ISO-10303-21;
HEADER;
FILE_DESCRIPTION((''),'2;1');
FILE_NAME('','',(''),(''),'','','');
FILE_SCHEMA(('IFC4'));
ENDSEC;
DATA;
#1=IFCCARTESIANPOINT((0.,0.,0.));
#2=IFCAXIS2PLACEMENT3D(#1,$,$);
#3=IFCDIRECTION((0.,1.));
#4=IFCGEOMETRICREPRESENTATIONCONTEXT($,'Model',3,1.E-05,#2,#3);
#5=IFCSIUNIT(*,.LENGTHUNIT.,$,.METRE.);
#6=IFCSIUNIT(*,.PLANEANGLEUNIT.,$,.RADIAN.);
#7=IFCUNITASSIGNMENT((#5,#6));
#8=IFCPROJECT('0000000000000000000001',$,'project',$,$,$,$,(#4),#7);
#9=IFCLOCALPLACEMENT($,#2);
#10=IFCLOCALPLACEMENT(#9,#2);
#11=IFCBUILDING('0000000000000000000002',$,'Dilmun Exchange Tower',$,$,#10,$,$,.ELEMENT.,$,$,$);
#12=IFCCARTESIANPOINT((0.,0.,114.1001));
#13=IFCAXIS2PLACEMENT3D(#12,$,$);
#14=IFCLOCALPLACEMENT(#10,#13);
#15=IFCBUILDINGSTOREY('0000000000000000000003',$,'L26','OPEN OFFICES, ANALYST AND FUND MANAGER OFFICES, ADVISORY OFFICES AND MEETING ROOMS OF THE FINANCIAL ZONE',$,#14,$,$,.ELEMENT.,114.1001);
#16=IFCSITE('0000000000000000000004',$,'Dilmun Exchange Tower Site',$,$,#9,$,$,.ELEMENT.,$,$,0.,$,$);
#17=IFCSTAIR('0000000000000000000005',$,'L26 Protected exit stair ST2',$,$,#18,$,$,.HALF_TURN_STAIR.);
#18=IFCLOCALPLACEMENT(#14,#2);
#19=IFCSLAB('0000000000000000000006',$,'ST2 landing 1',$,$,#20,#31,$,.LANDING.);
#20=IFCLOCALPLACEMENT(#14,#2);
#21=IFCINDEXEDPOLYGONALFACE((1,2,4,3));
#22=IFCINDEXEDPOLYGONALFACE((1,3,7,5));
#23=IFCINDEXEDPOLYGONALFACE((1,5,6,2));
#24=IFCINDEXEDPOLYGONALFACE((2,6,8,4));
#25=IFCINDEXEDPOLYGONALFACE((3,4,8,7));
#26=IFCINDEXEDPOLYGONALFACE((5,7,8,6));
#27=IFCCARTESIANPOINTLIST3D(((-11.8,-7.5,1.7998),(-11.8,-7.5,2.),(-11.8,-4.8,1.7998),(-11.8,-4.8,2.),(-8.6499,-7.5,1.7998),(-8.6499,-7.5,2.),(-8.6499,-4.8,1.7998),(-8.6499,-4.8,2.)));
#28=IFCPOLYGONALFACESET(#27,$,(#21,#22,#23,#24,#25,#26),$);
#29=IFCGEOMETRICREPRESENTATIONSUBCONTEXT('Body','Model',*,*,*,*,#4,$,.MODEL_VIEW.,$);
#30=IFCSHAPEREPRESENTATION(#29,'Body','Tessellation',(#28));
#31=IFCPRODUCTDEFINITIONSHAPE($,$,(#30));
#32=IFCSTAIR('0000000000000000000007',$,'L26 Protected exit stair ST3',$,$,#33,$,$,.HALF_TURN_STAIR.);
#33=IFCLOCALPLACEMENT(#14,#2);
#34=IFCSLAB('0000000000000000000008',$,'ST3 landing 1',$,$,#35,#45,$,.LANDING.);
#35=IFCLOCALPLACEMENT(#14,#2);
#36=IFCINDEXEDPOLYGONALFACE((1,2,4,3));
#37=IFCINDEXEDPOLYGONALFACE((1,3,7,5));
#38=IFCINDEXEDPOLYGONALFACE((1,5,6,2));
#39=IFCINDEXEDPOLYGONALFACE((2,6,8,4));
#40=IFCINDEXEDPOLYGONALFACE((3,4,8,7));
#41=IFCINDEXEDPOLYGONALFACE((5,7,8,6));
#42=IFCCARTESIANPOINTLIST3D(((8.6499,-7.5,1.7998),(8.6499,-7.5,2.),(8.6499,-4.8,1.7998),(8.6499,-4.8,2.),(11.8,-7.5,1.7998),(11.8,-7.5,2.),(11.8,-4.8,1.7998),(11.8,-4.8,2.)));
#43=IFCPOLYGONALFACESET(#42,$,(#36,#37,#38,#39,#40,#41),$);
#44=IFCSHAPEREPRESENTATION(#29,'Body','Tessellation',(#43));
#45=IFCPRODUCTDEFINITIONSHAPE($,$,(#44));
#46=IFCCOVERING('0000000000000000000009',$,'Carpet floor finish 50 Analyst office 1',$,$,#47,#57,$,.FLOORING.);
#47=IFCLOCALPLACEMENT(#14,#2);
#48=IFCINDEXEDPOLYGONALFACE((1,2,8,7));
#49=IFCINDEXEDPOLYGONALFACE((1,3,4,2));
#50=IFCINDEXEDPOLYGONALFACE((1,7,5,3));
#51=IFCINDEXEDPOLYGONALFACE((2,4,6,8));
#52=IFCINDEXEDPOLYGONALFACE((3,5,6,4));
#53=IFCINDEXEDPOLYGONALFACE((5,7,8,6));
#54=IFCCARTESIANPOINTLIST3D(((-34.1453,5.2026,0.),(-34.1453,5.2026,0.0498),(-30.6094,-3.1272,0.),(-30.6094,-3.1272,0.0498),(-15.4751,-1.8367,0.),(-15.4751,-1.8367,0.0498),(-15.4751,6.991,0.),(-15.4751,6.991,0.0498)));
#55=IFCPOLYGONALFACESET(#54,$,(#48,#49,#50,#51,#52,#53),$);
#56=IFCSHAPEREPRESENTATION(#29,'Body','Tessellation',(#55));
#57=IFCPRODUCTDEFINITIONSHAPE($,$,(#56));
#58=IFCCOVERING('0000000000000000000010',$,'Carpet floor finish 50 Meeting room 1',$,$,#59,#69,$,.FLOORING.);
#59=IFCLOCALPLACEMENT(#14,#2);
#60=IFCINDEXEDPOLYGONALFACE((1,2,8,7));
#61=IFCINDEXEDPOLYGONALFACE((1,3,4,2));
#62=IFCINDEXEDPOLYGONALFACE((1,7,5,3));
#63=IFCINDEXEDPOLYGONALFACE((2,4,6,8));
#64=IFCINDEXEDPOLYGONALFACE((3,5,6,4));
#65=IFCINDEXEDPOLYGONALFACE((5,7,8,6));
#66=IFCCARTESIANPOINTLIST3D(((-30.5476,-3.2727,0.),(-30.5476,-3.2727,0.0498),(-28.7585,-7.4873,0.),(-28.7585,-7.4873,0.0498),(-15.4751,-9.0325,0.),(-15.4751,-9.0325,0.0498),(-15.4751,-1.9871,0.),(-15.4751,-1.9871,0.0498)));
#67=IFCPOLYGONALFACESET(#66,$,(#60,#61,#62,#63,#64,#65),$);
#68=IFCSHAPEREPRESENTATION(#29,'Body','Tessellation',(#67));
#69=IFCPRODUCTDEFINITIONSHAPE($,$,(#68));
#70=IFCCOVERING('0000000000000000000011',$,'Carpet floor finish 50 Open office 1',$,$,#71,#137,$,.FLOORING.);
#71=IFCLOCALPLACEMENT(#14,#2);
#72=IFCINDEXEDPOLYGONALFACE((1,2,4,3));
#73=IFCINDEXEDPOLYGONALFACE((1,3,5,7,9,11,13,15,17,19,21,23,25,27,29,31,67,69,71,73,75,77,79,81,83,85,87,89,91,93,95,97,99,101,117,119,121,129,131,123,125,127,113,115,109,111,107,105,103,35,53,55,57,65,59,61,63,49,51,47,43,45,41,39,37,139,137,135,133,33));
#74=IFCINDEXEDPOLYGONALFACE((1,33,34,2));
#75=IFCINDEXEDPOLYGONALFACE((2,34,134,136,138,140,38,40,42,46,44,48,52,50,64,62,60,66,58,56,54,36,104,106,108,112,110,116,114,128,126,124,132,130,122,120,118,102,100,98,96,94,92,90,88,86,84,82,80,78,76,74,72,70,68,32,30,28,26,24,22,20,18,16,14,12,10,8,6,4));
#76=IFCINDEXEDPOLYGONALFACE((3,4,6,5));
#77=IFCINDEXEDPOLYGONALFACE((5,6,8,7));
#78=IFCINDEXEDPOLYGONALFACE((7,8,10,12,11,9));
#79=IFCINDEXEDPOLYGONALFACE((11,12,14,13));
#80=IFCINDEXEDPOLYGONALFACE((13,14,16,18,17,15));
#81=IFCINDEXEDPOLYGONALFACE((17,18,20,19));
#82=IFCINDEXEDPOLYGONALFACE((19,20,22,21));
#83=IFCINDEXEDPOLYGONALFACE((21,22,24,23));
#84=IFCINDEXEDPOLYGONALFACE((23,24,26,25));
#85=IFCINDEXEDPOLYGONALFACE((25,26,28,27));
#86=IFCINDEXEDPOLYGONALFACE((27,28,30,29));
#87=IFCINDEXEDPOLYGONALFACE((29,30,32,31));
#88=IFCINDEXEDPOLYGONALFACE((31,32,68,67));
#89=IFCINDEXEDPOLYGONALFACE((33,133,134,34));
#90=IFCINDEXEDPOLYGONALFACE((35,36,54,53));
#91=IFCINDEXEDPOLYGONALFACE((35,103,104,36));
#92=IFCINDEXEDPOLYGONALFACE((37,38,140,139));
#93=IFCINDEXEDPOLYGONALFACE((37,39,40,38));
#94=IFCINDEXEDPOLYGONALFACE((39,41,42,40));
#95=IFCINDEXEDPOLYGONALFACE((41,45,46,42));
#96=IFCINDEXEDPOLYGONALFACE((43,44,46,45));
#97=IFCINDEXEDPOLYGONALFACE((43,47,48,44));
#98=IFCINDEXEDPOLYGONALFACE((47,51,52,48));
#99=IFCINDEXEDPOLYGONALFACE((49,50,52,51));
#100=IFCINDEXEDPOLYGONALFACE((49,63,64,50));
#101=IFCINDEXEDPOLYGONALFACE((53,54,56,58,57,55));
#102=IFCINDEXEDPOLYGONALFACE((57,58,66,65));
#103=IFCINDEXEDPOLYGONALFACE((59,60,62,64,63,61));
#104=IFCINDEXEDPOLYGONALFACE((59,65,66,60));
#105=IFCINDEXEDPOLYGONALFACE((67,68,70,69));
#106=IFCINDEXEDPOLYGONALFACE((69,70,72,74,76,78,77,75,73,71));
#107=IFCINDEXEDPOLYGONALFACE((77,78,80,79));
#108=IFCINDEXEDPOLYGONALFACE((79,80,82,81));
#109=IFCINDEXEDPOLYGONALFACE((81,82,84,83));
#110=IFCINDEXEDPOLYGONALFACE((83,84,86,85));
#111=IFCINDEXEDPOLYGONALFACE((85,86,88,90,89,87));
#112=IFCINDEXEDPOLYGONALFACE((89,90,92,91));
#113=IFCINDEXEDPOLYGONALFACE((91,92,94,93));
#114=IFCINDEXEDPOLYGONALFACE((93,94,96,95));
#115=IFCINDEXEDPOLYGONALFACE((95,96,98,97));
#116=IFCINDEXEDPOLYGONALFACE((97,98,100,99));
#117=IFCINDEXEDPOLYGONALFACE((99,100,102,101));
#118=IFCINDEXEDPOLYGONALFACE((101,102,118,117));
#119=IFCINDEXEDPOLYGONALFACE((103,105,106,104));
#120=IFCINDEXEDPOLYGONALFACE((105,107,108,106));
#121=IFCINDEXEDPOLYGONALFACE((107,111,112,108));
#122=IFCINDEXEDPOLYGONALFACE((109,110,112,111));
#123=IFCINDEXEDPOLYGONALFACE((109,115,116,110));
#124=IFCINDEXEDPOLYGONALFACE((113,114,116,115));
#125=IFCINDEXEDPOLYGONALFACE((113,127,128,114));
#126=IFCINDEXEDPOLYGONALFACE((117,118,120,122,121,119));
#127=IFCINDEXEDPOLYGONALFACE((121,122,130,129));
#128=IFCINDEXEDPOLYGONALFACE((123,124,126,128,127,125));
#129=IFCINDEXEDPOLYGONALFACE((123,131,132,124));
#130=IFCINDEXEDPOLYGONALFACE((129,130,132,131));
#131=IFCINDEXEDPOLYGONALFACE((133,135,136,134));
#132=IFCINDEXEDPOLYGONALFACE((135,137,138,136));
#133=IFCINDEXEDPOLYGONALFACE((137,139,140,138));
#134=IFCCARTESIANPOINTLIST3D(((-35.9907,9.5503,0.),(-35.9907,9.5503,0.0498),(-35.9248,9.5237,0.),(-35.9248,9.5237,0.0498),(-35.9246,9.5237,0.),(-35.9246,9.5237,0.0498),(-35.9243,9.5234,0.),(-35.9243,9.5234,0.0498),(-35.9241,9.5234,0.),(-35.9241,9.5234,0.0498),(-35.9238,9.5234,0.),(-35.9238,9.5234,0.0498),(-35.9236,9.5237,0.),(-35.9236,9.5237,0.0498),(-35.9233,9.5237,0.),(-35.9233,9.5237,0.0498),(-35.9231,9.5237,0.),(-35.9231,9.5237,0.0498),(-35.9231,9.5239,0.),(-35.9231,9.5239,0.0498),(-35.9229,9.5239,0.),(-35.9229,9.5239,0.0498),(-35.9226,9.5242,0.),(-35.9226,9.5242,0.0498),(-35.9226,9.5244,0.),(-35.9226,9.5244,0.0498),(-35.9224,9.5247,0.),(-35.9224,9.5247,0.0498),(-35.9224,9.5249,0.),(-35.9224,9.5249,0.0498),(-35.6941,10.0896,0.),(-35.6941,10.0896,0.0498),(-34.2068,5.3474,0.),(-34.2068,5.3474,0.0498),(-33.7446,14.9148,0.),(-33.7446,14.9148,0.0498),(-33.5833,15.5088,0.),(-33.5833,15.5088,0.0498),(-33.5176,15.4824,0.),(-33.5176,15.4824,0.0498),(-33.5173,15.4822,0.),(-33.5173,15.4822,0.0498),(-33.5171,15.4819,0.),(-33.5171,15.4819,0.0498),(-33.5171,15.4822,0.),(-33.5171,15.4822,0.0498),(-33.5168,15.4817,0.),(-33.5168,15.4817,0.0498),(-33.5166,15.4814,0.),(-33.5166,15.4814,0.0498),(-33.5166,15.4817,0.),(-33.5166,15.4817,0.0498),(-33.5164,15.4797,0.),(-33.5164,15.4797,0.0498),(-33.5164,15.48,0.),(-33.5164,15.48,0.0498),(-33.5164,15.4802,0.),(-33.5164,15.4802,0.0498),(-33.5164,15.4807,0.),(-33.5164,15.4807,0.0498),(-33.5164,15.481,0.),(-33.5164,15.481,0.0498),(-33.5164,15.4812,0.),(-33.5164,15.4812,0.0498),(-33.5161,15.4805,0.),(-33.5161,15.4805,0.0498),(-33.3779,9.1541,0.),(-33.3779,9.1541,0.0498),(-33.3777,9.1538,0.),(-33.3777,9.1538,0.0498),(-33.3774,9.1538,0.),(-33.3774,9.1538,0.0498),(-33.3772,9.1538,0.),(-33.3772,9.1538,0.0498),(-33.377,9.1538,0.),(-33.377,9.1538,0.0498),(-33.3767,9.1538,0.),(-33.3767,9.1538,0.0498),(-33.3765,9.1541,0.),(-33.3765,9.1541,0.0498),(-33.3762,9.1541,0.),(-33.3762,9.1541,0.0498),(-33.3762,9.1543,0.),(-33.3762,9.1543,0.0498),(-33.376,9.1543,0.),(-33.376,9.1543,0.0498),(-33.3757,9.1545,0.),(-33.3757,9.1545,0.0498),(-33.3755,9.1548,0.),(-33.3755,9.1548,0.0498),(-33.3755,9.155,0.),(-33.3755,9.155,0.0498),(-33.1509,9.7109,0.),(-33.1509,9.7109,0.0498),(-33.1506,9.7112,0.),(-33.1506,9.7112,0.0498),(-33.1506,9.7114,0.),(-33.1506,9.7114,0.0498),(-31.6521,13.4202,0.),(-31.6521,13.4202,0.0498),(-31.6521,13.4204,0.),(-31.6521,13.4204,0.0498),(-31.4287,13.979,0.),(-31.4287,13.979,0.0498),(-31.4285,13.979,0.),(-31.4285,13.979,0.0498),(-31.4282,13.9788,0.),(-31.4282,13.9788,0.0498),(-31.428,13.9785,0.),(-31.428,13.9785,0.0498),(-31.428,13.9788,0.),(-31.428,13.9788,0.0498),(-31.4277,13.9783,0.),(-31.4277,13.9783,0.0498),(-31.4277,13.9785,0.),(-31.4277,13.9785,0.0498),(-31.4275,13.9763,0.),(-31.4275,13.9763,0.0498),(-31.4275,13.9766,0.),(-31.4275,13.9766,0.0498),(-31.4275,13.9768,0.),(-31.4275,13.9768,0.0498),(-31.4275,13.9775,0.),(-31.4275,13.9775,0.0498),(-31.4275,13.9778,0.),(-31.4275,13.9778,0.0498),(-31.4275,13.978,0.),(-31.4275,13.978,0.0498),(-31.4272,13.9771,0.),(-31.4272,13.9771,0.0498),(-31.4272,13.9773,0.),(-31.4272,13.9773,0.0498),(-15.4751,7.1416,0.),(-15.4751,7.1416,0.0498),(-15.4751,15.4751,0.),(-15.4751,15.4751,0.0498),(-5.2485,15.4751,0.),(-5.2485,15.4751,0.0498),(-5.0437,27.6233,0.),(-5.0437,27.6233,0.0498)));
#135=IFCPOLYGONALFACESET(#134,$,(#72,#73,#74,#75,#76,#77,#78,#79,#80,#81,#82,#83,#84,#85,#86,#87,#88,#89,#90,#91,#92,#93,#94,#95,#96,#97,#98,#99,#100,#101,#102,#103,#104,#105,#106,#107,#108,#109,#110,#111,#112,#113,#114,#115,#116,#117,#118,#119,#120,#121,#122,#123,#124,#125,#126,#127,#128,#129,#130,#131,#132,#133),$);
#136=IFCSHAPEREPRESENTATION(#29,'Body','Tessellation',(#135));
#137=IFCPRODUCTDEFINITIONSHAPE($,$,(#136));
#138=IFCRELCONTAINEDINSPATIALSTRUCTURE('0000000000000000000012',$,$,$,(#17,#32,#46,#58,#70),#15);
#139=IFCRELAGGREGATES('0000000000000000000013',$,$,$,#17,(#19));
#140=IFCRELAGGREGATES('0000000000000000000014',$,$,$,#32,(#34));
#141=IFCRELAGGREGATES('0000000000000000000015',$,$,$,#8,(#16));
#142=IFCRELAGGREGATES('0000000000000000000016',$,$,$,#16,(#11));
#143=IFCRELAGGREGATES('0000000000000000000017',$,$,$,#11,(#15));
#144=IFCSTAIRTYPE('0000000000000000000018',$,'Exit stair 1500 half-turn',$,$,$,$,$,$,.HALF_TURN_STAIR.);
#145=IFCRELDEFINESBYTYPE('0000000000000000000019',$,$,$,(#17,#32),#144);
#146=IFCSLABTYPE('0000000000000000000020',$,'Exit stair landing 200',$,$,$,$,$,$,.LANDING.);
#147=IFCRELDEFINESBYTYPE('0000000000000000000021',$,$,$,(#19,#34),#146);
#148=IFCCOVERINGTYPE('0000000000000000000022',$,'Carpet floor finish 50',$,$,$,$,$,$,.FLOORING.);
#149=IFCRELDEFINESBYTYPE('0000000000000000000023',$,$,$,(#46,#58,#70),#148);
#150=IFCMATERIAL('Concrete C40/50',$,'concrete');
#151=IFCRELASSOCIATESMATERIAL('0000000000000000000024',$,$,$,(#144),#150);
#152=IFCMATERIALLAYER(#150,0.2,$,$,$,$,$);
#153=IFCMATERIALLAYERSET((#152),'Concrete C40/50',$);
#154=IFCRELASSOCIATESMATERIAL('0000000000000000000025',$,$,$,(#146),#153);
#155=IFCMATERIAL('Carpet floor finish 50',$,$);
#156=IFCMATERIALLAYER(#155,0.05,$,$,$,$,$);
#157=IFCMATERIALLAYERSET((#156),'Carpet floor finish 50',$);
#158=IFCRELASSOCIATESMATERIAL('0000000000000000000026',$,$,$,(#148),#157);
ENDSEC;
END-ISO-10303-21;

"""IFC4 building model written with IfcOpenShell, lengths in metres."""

from ifc_helpers import new_model, si_unit, direction, frame, origin, place, context, subcontext, project, spatial, polyline, outline, extrude, material, layer, layer_set, type_object, element, aggregate, save


model = new_model("IFC4")

# Units and contexts
model_context = context("Model", 3, precision=1e-05, world=origin(), true_north=direction((0.0, 1.0)))
body_context = subcontext(model_context, "Body", "Model", "MODEL_VIEW")
ifc_project = project(units=[si_unit("LENGTHUNIT", "METRE"), si_unit("PLANEANGLEUNIT", "RADIAN")], contexts=[model_context])

# Site, building, storey
site_placement = place(None, origin())
site = spatial("IfcSite", under=ifc_project, at=site_placement, Name="Dilmun Exchange Tower Site", CompositionType="ELEMENT", RefElevation=0.0)
building_placement = place(site_placement, origin())
building = spatial("IfcBuilding", under=site, at=building_placement, Name="Dilmun Exchange Tower", CompositionType="ELEMENT")
storey_placement = place(building_placement, frame((0.0, 0.0, 114.1001)))
storey = spatial("IfcBuildingStorey", under=building, at=storey_placement, Name="L26", Description="OPEN OFFICES, ANALYST AND FUND MANAGER OFFICES, ADVISORY OFFICES AND MEETING ROOMS OF THE FINANCIAL ZONE", CompositionType="ELEMENT", Elevation=114.1001)

# Stairs, slabs
ifc_material_1 = material(Name="Concrete C40/50", Category="concrete")
stair_type = type_object("IfcStairType", Name="Exit stair 1500 half-turn", PredefinedType="HALF_TURN_STAIR", material=ifc_material_1)
stair_1_placement = place(storey_placement, origin())
stair_1 = element("IfcStair", 1, at=stair_1_placement, inside=storey, type_object=stair_type, Name="L26 Protected exit stair ST2", PredefinedType="HALF_TURN_STAIR")
ifc_layer_1 = layer(ifc_material_1, 0.2)
ifc_layer_set_1 = layer_set([ifc_layer_1], Name="Concrete C40/50")
slab_type = type_object("IfcSlabType", Name="Exit stair landing 200", PredefinedType="LANDING", material=ifc_layer_set_1)
slab_1_placement = place(storey_placement, frame((0.0, 0.0, 1.7998)))
slab_1 = element("IfcSlab", 2, at=slab_1_placement, type_object=slab_type, Name="ST2 landing 1", PredefinedType="LANDING", context=body_context, shape_type="SweptSolid", body=[
    extrude(outline(polyline([(-8.6499, -7.5), (-8.6499, -4.8), (-11.8, -4.8), (-11.8, -7.5), (-8.6499, -7.5)])), origin(), (0.0, 0.0, 1.0), 0.2002),
])
aggregate(stair_1, [slab_1])
stair_2_placement = place(storey_placement, origin())
stair_2 = element("IfcStair", 3, at=stair_2_placement, inside=storey, type_object=stair_type, Name="L26 Protected exit stair ST3", PredefinedType="HALF_TURN_STAIR")
slab_2_placement = place(storey_placement, frame((0.0, 0.0, 1.7998)))
slab_2 = element("IfcSlab", 4, at=slab_2_placement, type_object=slab_type, Name="ST3 landing 1", PredefinedType="LANDING", context=body_context, shape_type="SweptSolid", body=[
    extrude(outline(polyline([(11.8, -7.5), (11.8, -4.8), (8.6499, -4.8), (8.6499, -7.5), (11.8, -7.5)])), origin(), (0.0, 0.0, 1.0), 0.2002),
])
aggregate(stair_2, [slab_2])

# Coverings
ifc_material_2 = material(Name="Carpet floor finish 50")
ifc_layer_2 = layer(ifc_material_2, 0.05)
ifc_layer_set_2 = layer_set([ifc_layer_2], Name="Carpet floor finish 50")
covering_type_1 = type_object("IfcCoveringType", Name="Carpet floor finish 50", PredefinedType="FLOORING", material=ifc_layer_set_2)
covering_1_placement = place(storey_placement, origin())
element("IfcCovering", 5, at=covering_1_placement, inside=storey, type_object=covering_type_1, Name="Carpet floor finish 50 Analyst office 1", PredefinedType="FLOORING", context=body_context, shape_type="SweptSolid", body=[
    extrude(outline(polyline([(-15.4751, 6.991), (-15.4751, -1.8367), (-30.6094, -3.1272), (-34.1453, 5.2026), (-15.4751, 6.991)])), origin(), (0.0, 0.0, 1.0), 0.0498),
])
covering_2_placement = place(storey_placement, origin())
element("IfcCovering", 6, at=covering_2_placement, inside=storey, type_object=covering_type_1, Name="Carpet floor finish 50 Meeting room 1", PredefinedType="FLOORING", context=body_context, shape_type="SweptSolid", body=[
    extrude(outline(polyline([(-15.4751, -1.9871), (-15.4751, -9.0325), (-28.7585, -7.4873), (-30.5476, -3.2727), (-15.4751, -1.9871)])), origin(), (0.0, 0.0, 1.0), 0.0498),
])
covering_3_placement = place(storey_placement, origin())
element("IfcCovering", 7, at=covering_3_placement, inside=storey, type_object=covering_type_1, Name="Carpet floor finish 50 Open office 1", PredefinedType="FLOORING", context=body_context, shape_type="SweptSolid", body=[
    extrude(outline(polyline([(-5.2485, 15.4751), (-15.4751, 15.4751), (-15.4751, 7.1416), (-34.2068, 5.3474), (-35.9907, 9.5503), (-35.9248, 9.5237), (-35.9248, 9.5237), (-35.9246, 9.5237), (-35.9243, 9.5234), (-35.9241, 9.5234), (-35.9238, 9.5234), (-35.9236, 9.5237), (-35.9236, 9.5237), (-35.9233, 9.5237), (-35.9231, 9.5237), (-35.9231, 9.5239), (-35.9229, 9.5239), (-35.9226, 9.5242), (-35.9226, 9.5244), (-35.9226, 9.5244), (-35.9224, 9.5247), (-35.9224, 9.5249), (-35.6941, 10.0896), (-33.3779, 9.1541), (-33.3777, 9.1538), (-33.3777, 9.1538), (-33.3774, 9.1538), (-33.3772, 9.1538), (-33.3772, 9.1538), (-33.377, 9.1538), (-33.3767, 9.1538), (-33.3765, 9.1541), (-33.3762, 9.1541), (-33.3762, 9.1543), (-33.376, 9.1543), (-33.376, 9.1543), (-33.3757, 9.1545), (-33.3755, 9.1548), (-33.3755, 9.1548), (-33.3755, 9.155), (-33.1509, 9.7109), (-33.1509, 9.7109), (-33.1506, 9.7112), (-33.1506, 9.7114), (-31.6521, 13.4202), (-31.6521, 13.4204), (-31.6521, 13.4204), (-31.6521, 13.4204), (-31.4275, 13.9763), (-31.4275, 13.9766), (-31.4275, 13.9768), (-31.4272, 13.9771), (-31.4272, 13.9773), (-31.4272, 13.9773), (-31.4275, 13.9775), (-31.4275, 13.9778), (-31.4275, 13.9778), (-31.4275, 13.978), (-31.4277, 13.9783), (-31.4277, 13.9785), (-31.428, 13.9785), (-31.428, 13.9788), (-31.4282, 13.9788), (-31.4285, 13.979), (-31.4287, 13.979), (-33.7446, 14.9148), (-33.5164, 15.4797), (-33.5164, 15.48), (-33.5164, 15.48), (-33.5164, 15.4802), (-33.5161, 15.4805), (-33.5164, 15.4807), (-33.5164, 15.4807), (-33.5164, 15.481), (-33.5164, 15.4812), (-33.5166, 15.4814), (-33.5166, 15.4814), (-33.5166, 15.4817), (-33.5168, 15.4817), (-33.5171, 15.4819), (-33.5171, 15.4822), (-33.5173, 15.4822), (-33.5176, 15.4824), (-33.5833, 15.5088), (-5.0437, 27.6233), (-5.2485, 15.4751)])), origin(), (0.0, 0.0, 1.0), 0.0498),
])

save(model, "model.ifc")
